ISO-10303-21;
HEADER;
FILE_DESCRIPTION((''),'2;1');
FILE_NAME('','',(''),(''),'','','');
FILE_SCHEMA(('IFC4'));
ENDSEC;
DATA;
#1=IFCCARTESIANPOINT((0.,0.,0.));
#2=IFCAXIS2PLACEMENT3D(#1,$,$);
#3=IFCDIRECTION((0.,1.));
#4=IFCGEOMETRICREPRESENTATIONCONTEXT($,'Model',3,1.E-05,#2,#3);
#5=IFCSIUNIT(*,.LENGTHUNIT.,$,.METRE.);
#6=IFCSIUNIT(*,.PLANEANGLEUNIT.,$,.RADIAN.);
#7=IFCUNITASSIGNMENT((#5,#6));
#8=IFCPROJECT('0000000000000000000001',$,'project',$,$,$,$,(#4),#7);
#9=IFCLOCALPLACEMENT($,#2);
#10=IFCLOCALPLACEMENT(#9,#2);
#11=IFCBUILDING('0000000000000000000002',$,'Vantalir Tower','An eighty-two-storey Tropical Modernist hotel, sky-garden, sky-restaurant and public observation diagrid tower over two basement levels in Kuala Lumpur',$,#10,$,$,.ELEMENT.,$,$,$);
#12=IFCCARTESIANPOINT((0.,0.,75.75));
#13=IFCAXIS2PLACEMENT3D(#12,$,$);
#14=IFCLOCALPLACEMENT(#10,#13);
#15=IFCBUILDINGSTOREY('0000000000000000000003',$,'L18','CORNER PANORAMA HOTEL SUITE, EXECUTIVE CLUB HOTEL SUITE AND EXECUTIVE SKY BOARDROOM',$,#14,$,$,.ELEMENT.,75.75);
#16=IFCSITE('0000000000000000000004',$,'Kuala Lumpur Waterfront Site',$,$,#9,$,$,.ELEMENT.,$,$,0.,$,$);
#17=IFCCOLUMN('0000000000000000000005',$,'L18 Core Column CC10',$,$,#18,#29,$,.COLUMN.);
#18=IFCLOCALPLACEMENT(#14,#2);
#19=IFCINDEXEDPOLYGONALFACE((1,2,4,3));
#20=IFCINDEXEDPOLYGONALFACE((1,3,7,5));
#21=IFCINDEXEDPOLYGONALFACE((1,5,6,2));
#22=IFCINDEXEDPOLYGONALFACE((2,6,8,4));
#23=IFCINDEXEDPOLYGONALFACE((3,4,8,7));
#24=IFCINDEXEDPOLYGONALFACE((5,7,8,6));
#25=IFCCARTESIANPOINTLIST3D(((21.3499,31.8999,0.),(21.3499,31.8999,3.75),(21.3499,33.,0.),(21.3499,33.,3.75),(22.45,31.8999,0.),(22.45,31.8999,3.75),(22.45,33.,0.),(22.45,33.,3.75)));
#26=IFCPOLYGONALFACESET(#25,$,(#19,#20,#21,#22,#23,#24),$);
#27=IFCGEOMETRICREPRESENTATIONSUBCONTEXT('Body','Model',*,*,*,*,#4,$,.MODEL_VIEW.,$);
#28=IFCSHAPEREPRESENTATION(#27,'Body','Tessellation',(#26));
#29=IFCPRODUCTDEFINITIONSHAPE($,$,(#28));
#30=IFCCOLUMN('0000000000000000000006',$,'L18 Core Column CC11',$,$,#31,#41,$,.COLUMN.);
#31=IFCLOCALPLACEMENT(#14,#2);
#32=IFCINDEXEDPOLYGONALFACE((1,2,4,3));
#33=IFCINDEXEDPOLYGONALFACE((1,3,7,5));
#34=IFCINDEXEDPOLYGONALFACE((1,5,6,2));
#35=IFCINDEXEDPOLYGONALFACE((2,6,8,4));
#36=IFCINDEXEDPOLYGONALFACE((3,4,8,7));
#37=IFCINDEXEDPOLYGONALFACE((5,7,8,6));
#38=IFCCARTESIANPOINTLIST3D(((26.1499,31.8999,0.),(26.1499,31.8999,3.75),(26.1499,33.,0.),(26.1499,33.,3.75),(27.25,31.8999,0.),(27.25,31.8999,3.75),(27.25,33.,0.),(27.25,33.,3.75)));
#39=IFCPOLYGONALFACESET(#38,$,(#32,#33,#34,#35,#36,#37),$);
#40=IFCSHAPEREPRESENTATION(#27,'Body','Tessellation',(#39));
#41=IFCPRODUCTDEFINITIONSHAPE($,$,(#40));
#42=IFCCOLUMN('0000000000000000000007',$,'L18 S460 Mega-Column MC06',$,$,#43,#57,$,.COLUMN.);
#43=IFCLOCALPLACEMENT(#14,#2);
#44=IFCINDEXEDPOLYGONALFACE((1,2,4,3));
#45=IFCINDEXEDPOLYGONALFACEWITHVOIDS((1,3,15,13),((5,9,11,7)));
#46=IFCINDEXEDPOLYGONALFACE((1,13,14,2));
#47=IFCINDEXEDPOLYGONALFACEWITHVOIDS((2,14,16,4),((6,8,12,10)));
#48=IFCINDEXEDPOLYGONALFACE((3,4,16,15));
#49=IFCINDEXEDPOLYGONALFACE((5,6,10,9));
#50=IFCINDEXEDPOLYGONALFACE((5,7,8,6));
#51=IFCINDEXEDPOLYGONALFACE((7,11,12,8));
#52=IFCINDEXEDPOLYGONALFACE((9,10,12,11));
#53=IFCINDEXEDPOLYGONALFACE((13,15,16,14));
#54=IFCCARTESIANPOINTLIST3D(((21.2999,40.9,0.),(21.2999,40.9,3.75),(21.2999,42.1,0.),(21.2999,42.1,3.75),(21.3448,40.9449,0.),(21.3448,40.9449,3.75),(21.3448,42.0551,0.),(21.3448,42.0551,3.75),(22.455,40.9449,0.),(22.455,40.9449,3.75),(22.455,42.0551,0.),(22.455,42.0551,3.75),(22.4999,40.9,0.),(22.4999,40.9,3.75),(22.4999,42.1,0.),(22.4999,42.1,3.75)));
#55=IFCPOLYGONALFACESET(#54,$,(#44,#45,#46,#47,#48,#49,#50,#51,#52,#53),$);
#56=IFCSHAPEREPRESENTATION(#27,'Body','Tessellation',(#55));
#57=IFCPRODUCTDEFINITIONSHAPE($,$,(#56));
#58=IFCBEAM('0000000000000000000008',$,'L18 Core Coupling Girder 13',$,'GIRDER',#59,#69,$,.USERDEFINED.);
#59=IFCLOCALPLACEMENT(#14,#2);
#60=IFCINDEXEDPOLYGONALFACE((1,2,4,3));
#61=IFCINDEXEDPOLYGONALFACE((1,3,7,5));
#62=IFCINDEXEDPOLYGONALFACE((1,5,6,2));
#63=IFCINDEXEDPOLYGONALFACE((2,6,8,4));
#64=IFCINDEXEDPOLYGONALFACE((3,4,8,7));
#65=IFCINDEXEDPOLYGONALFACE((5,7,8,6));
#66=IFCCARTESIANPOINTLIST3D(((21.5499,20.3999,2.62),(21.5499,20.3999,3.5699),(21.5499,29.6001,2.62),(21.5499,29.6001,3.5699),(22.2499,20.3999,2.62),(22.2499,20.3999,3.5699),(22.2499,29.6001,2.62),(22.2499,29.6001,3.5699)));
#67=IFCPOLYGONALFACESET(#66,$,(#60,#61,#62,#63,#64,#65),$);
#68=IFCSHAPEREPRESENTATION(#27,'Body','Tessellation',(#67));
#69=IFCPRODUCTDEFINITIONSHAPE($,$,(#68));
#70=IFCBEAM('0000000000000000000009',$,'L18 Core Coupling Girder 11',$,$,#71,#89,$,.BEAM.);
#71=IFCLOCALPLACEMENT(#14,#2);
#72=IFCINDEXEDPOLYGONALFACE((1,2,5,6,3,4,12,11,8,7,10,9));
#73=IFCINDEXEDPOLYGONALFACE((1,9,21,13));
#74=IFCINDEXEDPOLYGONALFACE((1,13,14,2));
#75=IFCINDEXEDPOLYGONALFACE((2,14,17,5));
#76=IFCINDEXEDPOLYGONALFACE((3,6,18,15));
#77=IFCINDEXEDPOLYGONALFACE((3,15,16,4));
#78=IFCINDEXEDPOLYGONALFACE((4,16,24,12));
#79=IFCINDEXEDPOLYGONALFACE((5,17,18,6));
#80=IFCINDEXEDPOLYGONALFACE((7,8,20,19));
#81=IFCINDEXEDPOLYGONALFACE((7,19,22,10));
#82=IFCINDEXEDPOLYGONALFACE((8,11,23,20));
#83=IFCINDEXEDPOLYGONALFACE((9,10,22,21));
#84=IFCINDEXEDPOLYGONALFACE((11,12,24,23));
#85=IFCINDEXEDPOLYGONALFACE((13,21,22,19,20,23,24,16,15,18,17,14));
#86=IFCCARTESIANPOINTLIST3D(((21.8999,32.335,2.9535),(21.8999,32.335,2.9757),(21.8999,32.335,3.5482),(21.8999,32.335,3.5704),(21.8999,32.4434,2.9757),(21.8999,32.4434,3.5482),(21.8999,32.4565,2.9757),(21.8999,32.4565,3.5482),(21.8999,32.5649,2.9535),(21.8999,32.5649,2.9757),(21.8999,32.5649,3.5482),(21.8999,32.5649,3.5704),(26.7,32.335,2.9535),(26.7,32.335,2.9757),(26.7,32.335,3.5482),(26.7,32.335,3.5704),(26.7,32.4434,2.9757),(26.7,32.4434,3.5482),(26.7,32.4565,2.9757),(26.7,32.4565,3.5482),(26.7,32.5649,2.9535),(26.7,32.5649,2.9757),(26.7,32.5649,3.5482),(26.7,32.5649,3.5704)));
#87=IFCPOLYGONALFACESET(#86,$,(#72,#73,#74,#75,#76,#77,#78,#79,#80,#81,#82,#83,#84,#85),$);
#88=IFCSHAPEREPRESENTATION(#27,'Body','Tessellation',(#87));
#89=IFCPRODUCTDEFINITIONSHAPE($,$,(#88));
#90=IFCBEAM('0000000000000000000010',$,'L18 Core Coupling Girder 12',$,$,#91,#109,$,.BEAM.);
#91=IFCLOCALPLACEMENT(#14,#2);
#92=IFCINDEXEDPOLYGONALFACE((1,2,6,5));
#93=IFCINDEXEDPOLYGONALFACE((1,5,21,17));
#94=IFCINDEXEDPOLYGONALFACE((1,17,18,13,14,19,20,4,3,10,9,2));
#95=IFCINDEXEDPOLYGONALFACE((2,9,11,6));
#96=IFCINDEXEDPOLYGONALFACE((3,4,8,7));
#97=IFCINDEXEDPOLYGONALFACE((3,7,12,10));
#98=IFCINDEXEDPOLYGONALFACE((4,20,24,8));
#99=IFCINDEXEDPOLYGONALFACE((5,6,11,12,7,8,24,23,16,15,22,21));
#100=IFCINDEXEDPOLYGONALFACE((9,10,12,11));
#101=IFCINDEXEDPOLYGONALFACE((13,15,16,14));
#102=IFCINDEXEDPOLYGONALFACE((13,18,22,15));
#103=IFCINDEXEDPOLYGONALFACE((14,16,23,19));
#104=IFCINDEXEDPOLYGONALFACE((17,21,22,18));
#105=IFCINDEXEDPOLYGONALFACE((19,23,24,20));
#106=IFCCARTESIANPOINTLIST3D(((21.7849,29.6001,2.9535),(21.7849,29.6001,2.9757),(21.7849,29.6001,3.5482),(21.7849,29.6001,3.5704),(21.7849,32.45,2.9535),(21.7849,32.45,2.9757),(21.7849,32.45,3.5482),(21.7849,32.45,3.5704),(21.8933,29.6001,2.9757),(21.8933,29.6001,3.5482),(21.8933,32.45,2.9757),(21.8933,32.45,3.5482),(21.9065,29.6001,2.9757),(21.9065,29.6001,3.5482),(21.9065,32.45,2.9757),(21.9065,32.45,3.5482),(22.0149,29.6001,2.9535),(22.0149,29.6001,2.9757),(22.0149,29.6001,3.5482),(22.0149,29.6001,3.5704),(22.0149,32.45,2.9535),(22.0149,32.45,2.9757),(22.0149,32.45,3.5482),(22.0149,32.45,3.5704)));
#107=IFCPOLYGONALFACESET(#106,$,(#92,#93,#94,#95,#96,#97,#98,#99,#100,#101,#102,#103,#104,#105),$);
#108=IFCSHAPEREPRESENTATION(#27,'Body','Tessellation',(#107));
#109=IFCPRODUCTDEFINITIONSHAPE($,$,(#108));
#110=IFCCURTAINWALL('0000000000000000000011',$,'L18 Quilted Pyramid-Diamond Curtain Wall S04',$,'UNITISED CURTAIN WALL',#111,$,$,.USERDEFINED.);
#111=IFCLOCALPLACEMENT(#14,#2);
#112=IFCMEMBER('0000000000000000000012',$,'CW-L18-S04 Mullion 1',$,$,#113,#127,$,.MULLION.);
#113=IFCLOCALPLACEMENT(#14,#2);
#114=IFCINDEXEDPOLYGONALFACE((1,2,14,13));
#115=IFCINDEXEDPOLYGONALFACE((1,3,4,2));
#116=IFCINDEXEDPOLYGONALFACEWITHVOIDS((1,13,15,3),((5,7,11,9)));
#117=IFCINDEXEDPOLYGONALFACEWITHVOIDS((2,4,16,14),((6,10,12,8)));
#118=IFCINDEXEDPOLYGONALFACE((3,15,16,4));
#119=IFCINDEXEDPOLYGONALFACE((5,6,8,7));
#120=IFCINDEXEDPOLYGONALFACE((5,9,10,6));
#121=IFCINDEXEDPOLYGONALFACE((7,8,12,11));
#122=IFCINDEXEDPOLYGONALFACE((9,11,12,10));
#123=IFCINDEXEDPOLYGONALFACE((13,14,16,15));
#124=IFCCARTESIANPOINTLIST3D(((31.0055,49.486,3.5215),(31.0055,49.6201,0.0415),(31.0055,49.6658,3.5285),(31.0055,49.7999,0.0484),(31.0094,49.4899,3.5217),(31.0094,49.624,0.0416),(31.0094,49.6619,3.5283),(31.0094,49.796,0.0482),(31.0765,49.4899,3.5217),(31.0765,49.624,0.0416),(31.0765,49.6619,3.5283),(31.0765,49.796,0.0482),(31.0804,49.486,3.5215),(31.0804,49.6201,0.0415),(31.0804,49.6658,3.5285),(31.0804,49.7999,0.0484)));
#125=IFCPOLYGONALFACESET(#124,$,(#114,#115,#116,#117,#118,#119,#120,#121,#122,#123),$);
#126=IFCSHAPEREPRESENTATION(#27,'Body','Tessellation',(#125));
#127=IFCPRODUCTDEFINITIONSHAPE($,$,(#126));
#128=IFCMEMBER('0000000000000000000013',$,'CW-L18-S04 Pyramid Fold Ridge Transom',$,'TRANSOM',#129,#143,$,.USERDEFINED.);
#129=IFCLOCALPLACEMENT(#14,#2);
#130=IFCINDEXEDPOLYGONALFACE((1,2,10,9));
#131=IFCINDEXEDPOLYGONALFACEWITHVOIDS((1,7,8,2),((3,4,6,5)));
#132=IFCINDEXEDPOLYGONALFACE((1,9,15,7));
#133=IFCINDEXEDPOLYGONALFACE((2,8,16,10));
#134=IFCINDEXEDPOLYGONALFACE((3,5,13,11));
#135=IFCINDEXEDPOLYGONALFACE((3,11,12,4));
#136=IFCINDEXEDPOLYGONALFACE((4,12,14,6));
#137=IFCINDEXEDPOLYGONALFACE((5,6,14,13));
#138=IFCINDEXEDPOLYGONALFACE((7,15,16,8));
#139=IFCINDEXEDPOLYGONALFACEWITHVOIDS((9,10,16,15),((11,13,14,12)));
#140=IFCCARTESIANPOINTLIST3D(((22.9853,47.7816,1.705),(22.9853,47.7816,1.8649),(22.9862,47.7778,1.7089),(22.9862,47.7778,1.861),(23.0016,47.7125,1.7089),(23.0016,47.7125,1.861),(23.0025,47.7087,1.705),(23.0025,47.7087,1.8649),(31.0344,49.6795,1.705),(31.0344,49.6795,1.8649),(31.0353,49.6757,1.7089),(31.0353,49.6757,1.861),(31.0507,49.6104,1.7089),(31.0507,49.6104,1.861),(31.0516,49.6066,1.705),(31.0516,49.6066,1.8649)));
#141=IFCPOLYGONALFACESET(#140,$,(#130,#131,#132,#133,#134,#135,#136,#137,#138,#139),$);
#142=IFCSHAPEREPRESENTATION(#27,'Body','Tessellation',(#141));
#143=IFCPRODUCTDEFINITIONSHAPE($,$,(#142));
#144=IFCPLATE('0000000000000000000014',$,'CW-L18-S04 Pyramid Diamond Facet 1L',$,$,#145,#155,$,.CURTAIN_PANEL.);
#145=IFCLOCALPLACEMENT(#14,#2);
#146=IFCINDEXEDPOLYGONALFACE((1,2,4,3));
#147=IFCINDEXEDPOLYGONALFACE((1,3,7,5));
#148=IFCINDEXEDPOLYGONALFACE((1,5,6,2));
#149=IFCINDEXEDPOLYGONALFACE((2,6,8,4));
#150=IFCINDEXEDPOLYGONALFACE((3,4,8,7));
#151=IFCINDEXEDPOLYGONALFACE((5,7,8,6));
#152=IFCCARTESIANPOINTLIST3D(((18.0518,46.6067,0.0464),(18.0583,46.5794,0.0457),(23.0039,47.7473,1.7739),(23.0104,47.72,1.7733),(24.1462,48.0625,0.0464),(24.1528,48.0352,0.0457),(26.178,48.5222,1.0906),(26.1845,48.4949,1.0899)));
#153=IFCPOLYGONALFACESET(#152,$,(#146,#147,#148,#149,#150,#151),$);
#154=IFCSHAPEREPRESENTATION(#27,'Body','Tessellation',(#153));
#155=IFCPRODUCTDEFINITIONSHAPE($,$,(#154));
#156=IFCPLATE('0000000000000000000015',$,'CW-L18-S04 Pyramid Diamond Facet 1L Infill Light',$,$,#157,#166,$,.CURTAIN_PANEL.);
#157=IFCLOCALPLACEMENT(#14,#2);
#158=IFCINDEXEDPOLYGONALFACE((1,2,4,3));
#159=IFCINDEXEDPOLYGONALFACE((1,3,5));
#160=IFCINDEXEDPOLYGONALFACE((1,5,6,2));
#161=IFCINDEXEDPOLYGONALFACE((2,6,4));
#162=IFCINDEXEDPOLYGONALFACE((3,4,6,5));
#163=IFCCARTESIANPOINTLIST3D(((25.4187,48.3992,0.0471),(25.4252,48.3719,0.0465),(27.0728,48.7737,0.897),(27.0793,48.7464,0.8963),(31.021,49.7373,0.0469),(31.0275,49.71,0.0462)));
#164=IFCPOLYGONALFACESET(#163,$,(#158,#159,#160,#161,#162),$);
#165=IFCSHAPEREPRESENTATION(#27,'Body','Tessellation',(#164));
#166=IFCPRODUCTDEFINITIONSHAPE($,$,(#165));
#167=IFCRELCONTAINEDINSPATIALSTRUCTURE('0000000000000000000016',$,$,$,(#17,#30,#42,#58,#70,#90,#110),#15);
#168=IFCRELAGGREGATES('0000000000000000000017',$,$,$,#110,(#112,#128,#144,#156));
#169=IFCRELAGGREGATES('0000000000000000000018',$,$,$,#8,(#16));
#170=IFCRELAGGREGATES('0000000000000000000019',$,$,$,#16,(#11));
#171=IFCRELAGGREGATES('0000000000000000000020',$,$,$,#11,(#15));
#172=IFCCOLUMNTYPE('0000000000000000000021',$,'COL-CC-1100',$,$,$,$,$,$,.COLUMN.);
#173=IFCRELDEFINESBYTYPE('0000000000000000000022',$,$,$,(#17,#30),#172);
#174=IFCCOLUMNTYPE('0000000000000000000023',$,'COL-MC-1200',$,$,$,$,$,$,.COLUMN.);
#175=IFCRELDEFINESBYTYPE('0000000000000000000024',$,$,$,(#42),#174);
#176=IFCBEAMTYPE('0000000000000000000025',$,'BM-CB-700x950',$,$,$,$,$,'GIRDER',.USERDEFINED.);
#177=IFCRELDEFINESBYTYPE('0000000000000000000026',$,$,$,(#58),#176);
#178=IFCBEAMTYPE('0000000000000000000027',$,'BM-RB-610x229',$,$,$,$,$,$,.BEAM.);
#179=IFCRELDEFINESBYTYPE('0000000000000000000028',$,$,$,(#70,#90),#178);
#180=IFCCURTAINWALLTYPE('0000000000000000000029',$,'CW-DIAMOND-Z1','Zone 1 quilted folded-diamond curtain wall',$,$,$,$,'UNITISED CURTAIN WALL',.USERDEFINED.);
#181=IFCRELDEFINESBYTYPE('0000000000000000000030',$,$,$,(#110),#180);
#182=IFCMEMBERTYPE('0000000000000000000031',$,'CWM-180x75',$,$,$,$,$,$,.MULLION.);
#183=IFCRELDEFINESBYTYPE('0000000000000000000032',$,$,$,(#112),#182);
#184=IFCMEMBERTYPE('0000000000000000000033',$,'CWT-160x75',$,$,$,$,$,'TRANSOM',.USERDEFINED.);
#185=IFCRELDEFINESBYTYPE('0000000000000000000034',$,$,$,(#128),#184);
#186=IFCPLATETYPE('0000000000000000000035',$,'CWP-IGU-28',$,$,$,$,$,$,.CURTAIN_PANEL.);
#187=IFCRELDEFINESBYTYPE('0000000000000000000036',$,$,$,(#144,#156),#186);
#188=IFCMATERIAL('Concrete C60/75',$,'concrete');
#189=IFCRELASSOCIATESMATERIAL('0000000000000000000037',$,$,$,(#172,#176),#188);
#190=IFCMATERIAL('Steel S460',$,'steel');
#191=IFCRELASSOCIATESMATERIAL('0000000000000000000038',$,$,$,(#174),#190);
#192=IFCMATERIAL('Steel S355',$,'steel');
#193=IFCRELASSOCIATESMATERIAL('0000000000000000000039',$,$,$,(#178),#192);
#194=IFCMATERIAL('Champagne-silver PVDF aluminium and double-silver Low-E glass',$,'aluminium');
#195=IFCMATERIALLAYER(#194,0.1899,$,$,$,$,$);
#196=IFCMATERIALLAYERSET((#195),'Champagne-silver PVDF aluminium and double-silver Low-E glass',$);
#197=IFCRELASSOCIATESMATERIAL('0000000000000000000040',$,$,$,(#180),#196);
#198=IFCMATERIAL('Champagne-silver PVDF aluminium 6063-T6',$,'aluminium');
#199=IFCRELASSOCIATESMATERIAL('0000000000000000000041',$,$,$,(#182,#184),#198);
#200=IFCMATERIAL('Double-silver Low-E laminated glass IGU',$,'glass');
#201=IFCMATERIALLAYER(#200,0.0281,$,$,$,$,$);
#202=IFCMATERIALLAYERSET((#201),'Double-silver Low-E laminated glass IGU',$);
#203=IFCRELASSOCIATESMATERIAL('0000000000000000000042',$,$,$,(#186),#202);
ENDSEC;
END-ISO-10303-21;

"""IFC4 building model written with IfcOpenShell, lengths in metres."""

from ifc_helpers import new_model, si_unit, direction, frame, origin, origin_2d, place, context, subcontext, project, spatial, polyline, rectangle, hollow_rectangle, i_section, outline, extrude, material, layer, layer_set, material_profile, profile_set, type_object, element, aggregate, save


model = new_model("IFC4")

# Units and contexts
model_context = context("Model", 3, precision=1e-05, world=origin(), true_north=direction((0.0, 1.0)))
body_context = subcontext(model_context, "Body", "Model", "MODEL_VIEW")
ifc_project = project(units=[si_unit("LENGTHUNIT", "METRE"), si_unit("PLANEANGLEUNIT", "RADIAN")], contexts=[model_context])

# Site, building, storey
site_placement = place(None, origin())
site = spatial("IfcSite", under=ifc_project, at=site_placement, Name="Kuala Lumpur Waterfront Site", CompositionType="ELEMENT", RefElevation=0.0)
building_placement = place(site_placement, origin())
building = spatial("IfcBuilding", under=site, at=building_placement, Name="Vantalir Tower", Description="An eighty-two-storey Tropical Modernist hotel, sky-garden, sky-restaurant and public observation diagrid tower over two basement levels in Kuala Lumpur", CompositionType="ELEMENT")
storey_placement = place(building_placement, frame((0.0, 0.0, 75.75)))
storey = spatial("IfcBuildingStorey", under=building, at=storey_placement, Name="L18", Description="CORNER PANORAMA HOTEL SUITE, EXECUTIVE CLUB HOTEL SUITE AND EXECUTIVE SKY BOARDROOM", CompositionType="ELEMENT", Elevation=75.75)

# Columns
ifc_material_1 = material(Name="Concrete C60/75", Category="concrete")
ifc_material_profile_1 = material_profile(ifc_material_1, rectangle(XDim=1.1001, YDim=1.1001, at=origin_2d()), Name="Concrete C60/75")
ifc_profile_set_1 = profile_set([ifc_material_profile_1], Name="Concrete C60/75")
column_type_1 = type_object("IfcColumnType", Name="COL-CC-1100", PredefinedType="COLUMN", material=ifc_profile_set_1)
for number, where, z_axis, x_axis, name in (
    (1, (21.8999, 32.45, 0.0), (0.0, 0.0, 1.0), (1.0, 0.0, 0.0), "L18 Core Column CC10"),
    (2, (26.7, 32.45, 0.0), (0.0, 0.0, 1.0), (1.0, 0.0, 0.0), "L18 Core Column CC11"),
):
    element("IfcColumn", number, at=place(storey_placement, frame(where, z_axis=z_axis, x_axis=x_axis)), inside=storey, type_object=column_type_1, Name=name, PredefinedType="COLUMN", context=body_context, shape_type="SweptSolid", body=[
        extrude(rectangle(XDim=1.1001, YDim=1.1001, at=origin_2d()), origin(), (0.0, 0.0, 1.0), 3.75),
    ])
ifc_material_2 = material(Name="Steel S460", Category="steel")
ifc_material_profile_2 = material_profile(ifc_material_2, hollow_rectangle(XDim=1.2, YDim=1.2, WallThickness=0.0449, at=origin_2d()), Name="Steel S460")
ifc_profile_set_2 = profile_set([ifc_material_profile_2], Name="Steel S460")
column_type_2 = type_object("IfcColumnType", Name="COL-MC-1200", PredefinedType="COLUMN", material=ifc_profile_set_2)
column_placement = place(storey_placement, frame((21.8999, 41.5, 0.0), z_axis=(0.0, 0.0, 1.0), x_axis=(1.0, 0.0, 0.0)))
element("IfcColumn", 3, at=column_placement, inside=storey, type_object=column_type_2, Name="L18 S460 Mega-Column MC06", PredefinedType="COLUMN", context=body_context, shape_type="SweptSolid", body=[
    extrude(hollow_rectangle(XDim=1.2, YDim=1.2, WallThickness=0.0449, at=origin_2d()), origin(), (0.0, 0.0, 1.0), 3.75),
])

# Beams
ifc_material_profile_3 = material_profile(ifc_material_1, rectangle(XDim=0.7, YDim=0.95, at=origin_2d()), Name="Concrete C60/75")
ifc_profile_set_3 = profile_set([ifc_material_profile_3], Name="Concrete C60/75")
beam_type_1 = type_object("IfcBeamType", Name="BM-CB-700x950", ElementType="GIRDER", PredefinedType="USERDEFINED", material=ifc_profile_set_3)
beam_1_placement = place(storey_placement, frame((21.8999, 29.6001, 3.095), z_axis=(0.0, -1.0, 0.0), x_axis=(1.0, 0.0, 0.0)))
element("IfcBeam", 4, at=beam_1_placement, inside=storey, type_object=beam_type_1, Name="L18 Core Coupling Girder 13", ObjectType="GIRDER", PredefinedType="USERDEFINED", context=body_context, shape_type="SweptSolid", body=[
    extrude(rectangle(XDim=0.7, YDim=0.95, at=origin_2d()), origin(), (0.0, 0.0, 1.0), 9.2002),
])
ifc_material_3 = material(Name="Steel S355", Category="steel")
ifc_material_profile_4 = material_profile(ifc_material_3, i_section(OverallWidth=0.23, OverallDepth=0.6169, WebThickness=0.0132, FlangeThickness=0.0222, at=origin_2d()), Name="Steel S355")
ifc_profile_set_4 = profile_set([ifc_material_profile_4], Name="Steel S355")
beam_type_2 = type_object("IfcBeamType", Name="BM-RB-610x229", PredefinedType="BEAM", material=ifc_profile_set_4)
beam_2_placement = place(storey_placement, frame((26.7, 32.45, 3.262), z_axis=(-1.0, 0.0, 0.0), x_axis=(0.0, -1.0, 0.0)))
element("IfcBeam", 5, at=beam_2_placement, inside=storey, type_object=beam_type_2, Name="L18 Core Coupling Girder 11", PredefinedType="BEAM", context=body_context, shape_type="SweptSolid", body=[
    extrude(i_section(OverallWidth=0.23, OverallDepth=0.6169, WebThickness=0.0132, FlangeThickness=0.0222, at=origin_2d()), origin(), (0.0, 0.0, 1.0), 4.8),
])
beam_3_placement = place(storey_placement, frame((21.8999, 32.45, 3.262), z_axis=(0.0, -1.0, 0.0), x_axis=(1.0, 0.0, 0.0)))
element("IfcBeam", 6, at=beam_3_placement, inside=storey, type_object=beam_type_2, Name="L18 Core Coupling Girder 12", PredefinedType="BEAM", context=body_context, shape_type="SweptSolid", body=[
    extrude(i_section(OverallWidth=0.23, OverallDepth=0.6169, WebThickness=0.0132, FlangeThickness=0.0222, at=origin_2d()), origin(), (0.0, 0.0, 1.0), 2.8499),
])

# Curtain wall, members, plates
ifc_material_4 = material(Name="Champagne-silver PVDF aluminium and double-silver Low-E glass", Category="aluminium")
ifc_layer_1 = layer(ifc_material_4, 0.1899)
ifc_layer_set_1 = layer_set([ifc_layer_1], Name="Champagne-silver PVDF aluminium and double-silver Low-E glass")
curtain_wall_type = type_object("IfcCurtainWallType", Name="CW-DIAMOND-Z1", Description="Zone 1 quilted folded-diamond curtain wall", ElementType="UNITISED CURTAIN WALL", PredefinedType="USERDEFINED", material=ifc_layer_set_1)
curtain_wall_placement = place(storey_placement, origin())
curtain_wall = element("IfcCurtainWall", 7, at=curtain_wall_placement, inside=storey, type_object=curtain_wall_type, Name="L18 Quilted Pyramid-Diamond Curtain Wall S04", ObjectType="UNITISED CURTAIN WALL", PredefinedType="USERDEFINED")
ifc_material_5 = material(Name="Champagne-silver PVDF aluminium 6063-T6", Category="aluminium")
ifc_material_profile_5 = material_profile(ifc_material_5, hollow_rectangle(XDim=0.075, YDim=0.1799, WallThickness=0.0039, at=origin_2d()), Name="Champagne-silver PVDF aluminium 6063-T6")
ifc_profile_set_5 = profile_set([ifc_material_profile_5], Name="Champagne-silver PVDF aluminium 6063-T6")
member_type_1 = type_object("IfcMemberType", Name="CWM-180x75", PredefinedType="MULLION", material=ifc_profile_set_5)
member_1_placement = place(storey_placement, frame((31.043, 49.71, 0.0449), z_axis=(0.0, -0.038487, 0.999259), x_axis=(1.0, 0.0, 0.0)))
member_1 = element("IfcMember", 8, at=member_1_placement, type_object=member_type_1, Name="CW-L18-S04 Mullion 1", PredefinedType="MULLION", context=body_context, shape_type="SweptSolid", body=[
    extrude(hollow_rectangle(XDim=0.075, YDim=0.1799, WallThickness=0.0039, at=origin_2d()), origin(), (0.0, 0.0, 1.0), 3.4827),
])
ifc_material_profile_6 = material_profile(ifc_material_5, hollow_rectangle(XDim=0.075, YDim=0.1599, WallThickness=0.0039, at=origin_2d()), Name="Champagne-silver PVDF aluminium 6063-T6")
ifc_profile_set_6 = profile_set([ifc_material_profile_6], Name="Champagne-silver PVDF aluminium 6063-T6")
member_type_2 = type_object("IfcMemberType", Name="CWT-160x75", ElementType="TRANSOM", PredefinedType="USERDEFINED", material=ifc_profile_set_6)
member_2_placement = place(storey_placement, frame((31.043, 49.6431, 1.7849), z_axis=(-0.973308, -0.229503, 0.0), x_axis=(0.229503, -0.973308, 0.0)))
member_2 = element("IfcMember", 9, at=member_2_placement, type_object=member_type_2, Name="CW-L18-S04 Pyramid Fold Ridge Transom", ObjectType="TRANSOM", PredefinedType="USERDEFINED", context=body_context, shape_type="SweptSolid", body=[
    extrude(hollow_rectangle(XDim=0.075, YDim=0.1599, WallThickness=0.0039, at=origin_2d()), origin(), (0.0, 0.0, 1.0), 8.2698),
])
ifc_material_6 = material(Name="Double-silver Low-E laminated glass IGU", Category="glass")
ifc_layer_2 = layer(ifc_material_6, 0.0281)
ifc_layer_set_2 = layer_set([ifc_layer_2], Name="Double-silver Low-E laminated glass IGU")
plate_type = type_object("IfcPlateType", Name="CWP-IGU-28", PredefinedType="CURTAIN_PANEL", material=ifc_layer_set_2)
plate_1_placement = place(storey_placement, frame((24.1462, 48.0625, 0.0464), z_axis=(-0.232267, 0.97236, 0.023818), x_axis=(-0.972636, -0.232333, 0.0)))
plate_1 = element("IfcPlate", 10, at=plate_1_placement, type_object=plate_type, Name="CW-L18-S04 Pyramid Diamond Facet 1L", PredefinedType="CURTAIN_PANEL", context=body_context, shape_type="SweptSolid", body=[
    extrude(outline(polyline([(0.0, 0.0), (6.2659, 0.0), (1.1843, 1.728), (-2.0829, 1.0445), (0.0, 0.0)])), origin(), (0.0, 0.0, -1.0), 0.0281),
])
plate_2_placement = place(storey_placement, frame((31.021, 49.7373, 0.0469), z_axis=(-0.232254, 0.97237, 0.02353), x_axis=(-0.97264, -0.23232, 0.000042)))
plate_2 = element("IfcPlate", 11, at=plate_2_placement, type_object=plate_type, Name="CW-L18-S04 Pyramid Diamond Facet 1L Infill Light", PredefinedType="CURTAIN_PANEL", context=body_context, shape_type="SweptSolid", body=[
    extrude(outline(polyline([(0.0, 0.0), (5.7599, 0.0), (4.0641, 0.8502), (0.0, 0.0)])), origin(), (0.0, 0.0, -1.0), 0.0281),
])
aggregate(curtain_wall, [member_1, member_2, plate_1, plate_2])

save(model, "model.ifc")
